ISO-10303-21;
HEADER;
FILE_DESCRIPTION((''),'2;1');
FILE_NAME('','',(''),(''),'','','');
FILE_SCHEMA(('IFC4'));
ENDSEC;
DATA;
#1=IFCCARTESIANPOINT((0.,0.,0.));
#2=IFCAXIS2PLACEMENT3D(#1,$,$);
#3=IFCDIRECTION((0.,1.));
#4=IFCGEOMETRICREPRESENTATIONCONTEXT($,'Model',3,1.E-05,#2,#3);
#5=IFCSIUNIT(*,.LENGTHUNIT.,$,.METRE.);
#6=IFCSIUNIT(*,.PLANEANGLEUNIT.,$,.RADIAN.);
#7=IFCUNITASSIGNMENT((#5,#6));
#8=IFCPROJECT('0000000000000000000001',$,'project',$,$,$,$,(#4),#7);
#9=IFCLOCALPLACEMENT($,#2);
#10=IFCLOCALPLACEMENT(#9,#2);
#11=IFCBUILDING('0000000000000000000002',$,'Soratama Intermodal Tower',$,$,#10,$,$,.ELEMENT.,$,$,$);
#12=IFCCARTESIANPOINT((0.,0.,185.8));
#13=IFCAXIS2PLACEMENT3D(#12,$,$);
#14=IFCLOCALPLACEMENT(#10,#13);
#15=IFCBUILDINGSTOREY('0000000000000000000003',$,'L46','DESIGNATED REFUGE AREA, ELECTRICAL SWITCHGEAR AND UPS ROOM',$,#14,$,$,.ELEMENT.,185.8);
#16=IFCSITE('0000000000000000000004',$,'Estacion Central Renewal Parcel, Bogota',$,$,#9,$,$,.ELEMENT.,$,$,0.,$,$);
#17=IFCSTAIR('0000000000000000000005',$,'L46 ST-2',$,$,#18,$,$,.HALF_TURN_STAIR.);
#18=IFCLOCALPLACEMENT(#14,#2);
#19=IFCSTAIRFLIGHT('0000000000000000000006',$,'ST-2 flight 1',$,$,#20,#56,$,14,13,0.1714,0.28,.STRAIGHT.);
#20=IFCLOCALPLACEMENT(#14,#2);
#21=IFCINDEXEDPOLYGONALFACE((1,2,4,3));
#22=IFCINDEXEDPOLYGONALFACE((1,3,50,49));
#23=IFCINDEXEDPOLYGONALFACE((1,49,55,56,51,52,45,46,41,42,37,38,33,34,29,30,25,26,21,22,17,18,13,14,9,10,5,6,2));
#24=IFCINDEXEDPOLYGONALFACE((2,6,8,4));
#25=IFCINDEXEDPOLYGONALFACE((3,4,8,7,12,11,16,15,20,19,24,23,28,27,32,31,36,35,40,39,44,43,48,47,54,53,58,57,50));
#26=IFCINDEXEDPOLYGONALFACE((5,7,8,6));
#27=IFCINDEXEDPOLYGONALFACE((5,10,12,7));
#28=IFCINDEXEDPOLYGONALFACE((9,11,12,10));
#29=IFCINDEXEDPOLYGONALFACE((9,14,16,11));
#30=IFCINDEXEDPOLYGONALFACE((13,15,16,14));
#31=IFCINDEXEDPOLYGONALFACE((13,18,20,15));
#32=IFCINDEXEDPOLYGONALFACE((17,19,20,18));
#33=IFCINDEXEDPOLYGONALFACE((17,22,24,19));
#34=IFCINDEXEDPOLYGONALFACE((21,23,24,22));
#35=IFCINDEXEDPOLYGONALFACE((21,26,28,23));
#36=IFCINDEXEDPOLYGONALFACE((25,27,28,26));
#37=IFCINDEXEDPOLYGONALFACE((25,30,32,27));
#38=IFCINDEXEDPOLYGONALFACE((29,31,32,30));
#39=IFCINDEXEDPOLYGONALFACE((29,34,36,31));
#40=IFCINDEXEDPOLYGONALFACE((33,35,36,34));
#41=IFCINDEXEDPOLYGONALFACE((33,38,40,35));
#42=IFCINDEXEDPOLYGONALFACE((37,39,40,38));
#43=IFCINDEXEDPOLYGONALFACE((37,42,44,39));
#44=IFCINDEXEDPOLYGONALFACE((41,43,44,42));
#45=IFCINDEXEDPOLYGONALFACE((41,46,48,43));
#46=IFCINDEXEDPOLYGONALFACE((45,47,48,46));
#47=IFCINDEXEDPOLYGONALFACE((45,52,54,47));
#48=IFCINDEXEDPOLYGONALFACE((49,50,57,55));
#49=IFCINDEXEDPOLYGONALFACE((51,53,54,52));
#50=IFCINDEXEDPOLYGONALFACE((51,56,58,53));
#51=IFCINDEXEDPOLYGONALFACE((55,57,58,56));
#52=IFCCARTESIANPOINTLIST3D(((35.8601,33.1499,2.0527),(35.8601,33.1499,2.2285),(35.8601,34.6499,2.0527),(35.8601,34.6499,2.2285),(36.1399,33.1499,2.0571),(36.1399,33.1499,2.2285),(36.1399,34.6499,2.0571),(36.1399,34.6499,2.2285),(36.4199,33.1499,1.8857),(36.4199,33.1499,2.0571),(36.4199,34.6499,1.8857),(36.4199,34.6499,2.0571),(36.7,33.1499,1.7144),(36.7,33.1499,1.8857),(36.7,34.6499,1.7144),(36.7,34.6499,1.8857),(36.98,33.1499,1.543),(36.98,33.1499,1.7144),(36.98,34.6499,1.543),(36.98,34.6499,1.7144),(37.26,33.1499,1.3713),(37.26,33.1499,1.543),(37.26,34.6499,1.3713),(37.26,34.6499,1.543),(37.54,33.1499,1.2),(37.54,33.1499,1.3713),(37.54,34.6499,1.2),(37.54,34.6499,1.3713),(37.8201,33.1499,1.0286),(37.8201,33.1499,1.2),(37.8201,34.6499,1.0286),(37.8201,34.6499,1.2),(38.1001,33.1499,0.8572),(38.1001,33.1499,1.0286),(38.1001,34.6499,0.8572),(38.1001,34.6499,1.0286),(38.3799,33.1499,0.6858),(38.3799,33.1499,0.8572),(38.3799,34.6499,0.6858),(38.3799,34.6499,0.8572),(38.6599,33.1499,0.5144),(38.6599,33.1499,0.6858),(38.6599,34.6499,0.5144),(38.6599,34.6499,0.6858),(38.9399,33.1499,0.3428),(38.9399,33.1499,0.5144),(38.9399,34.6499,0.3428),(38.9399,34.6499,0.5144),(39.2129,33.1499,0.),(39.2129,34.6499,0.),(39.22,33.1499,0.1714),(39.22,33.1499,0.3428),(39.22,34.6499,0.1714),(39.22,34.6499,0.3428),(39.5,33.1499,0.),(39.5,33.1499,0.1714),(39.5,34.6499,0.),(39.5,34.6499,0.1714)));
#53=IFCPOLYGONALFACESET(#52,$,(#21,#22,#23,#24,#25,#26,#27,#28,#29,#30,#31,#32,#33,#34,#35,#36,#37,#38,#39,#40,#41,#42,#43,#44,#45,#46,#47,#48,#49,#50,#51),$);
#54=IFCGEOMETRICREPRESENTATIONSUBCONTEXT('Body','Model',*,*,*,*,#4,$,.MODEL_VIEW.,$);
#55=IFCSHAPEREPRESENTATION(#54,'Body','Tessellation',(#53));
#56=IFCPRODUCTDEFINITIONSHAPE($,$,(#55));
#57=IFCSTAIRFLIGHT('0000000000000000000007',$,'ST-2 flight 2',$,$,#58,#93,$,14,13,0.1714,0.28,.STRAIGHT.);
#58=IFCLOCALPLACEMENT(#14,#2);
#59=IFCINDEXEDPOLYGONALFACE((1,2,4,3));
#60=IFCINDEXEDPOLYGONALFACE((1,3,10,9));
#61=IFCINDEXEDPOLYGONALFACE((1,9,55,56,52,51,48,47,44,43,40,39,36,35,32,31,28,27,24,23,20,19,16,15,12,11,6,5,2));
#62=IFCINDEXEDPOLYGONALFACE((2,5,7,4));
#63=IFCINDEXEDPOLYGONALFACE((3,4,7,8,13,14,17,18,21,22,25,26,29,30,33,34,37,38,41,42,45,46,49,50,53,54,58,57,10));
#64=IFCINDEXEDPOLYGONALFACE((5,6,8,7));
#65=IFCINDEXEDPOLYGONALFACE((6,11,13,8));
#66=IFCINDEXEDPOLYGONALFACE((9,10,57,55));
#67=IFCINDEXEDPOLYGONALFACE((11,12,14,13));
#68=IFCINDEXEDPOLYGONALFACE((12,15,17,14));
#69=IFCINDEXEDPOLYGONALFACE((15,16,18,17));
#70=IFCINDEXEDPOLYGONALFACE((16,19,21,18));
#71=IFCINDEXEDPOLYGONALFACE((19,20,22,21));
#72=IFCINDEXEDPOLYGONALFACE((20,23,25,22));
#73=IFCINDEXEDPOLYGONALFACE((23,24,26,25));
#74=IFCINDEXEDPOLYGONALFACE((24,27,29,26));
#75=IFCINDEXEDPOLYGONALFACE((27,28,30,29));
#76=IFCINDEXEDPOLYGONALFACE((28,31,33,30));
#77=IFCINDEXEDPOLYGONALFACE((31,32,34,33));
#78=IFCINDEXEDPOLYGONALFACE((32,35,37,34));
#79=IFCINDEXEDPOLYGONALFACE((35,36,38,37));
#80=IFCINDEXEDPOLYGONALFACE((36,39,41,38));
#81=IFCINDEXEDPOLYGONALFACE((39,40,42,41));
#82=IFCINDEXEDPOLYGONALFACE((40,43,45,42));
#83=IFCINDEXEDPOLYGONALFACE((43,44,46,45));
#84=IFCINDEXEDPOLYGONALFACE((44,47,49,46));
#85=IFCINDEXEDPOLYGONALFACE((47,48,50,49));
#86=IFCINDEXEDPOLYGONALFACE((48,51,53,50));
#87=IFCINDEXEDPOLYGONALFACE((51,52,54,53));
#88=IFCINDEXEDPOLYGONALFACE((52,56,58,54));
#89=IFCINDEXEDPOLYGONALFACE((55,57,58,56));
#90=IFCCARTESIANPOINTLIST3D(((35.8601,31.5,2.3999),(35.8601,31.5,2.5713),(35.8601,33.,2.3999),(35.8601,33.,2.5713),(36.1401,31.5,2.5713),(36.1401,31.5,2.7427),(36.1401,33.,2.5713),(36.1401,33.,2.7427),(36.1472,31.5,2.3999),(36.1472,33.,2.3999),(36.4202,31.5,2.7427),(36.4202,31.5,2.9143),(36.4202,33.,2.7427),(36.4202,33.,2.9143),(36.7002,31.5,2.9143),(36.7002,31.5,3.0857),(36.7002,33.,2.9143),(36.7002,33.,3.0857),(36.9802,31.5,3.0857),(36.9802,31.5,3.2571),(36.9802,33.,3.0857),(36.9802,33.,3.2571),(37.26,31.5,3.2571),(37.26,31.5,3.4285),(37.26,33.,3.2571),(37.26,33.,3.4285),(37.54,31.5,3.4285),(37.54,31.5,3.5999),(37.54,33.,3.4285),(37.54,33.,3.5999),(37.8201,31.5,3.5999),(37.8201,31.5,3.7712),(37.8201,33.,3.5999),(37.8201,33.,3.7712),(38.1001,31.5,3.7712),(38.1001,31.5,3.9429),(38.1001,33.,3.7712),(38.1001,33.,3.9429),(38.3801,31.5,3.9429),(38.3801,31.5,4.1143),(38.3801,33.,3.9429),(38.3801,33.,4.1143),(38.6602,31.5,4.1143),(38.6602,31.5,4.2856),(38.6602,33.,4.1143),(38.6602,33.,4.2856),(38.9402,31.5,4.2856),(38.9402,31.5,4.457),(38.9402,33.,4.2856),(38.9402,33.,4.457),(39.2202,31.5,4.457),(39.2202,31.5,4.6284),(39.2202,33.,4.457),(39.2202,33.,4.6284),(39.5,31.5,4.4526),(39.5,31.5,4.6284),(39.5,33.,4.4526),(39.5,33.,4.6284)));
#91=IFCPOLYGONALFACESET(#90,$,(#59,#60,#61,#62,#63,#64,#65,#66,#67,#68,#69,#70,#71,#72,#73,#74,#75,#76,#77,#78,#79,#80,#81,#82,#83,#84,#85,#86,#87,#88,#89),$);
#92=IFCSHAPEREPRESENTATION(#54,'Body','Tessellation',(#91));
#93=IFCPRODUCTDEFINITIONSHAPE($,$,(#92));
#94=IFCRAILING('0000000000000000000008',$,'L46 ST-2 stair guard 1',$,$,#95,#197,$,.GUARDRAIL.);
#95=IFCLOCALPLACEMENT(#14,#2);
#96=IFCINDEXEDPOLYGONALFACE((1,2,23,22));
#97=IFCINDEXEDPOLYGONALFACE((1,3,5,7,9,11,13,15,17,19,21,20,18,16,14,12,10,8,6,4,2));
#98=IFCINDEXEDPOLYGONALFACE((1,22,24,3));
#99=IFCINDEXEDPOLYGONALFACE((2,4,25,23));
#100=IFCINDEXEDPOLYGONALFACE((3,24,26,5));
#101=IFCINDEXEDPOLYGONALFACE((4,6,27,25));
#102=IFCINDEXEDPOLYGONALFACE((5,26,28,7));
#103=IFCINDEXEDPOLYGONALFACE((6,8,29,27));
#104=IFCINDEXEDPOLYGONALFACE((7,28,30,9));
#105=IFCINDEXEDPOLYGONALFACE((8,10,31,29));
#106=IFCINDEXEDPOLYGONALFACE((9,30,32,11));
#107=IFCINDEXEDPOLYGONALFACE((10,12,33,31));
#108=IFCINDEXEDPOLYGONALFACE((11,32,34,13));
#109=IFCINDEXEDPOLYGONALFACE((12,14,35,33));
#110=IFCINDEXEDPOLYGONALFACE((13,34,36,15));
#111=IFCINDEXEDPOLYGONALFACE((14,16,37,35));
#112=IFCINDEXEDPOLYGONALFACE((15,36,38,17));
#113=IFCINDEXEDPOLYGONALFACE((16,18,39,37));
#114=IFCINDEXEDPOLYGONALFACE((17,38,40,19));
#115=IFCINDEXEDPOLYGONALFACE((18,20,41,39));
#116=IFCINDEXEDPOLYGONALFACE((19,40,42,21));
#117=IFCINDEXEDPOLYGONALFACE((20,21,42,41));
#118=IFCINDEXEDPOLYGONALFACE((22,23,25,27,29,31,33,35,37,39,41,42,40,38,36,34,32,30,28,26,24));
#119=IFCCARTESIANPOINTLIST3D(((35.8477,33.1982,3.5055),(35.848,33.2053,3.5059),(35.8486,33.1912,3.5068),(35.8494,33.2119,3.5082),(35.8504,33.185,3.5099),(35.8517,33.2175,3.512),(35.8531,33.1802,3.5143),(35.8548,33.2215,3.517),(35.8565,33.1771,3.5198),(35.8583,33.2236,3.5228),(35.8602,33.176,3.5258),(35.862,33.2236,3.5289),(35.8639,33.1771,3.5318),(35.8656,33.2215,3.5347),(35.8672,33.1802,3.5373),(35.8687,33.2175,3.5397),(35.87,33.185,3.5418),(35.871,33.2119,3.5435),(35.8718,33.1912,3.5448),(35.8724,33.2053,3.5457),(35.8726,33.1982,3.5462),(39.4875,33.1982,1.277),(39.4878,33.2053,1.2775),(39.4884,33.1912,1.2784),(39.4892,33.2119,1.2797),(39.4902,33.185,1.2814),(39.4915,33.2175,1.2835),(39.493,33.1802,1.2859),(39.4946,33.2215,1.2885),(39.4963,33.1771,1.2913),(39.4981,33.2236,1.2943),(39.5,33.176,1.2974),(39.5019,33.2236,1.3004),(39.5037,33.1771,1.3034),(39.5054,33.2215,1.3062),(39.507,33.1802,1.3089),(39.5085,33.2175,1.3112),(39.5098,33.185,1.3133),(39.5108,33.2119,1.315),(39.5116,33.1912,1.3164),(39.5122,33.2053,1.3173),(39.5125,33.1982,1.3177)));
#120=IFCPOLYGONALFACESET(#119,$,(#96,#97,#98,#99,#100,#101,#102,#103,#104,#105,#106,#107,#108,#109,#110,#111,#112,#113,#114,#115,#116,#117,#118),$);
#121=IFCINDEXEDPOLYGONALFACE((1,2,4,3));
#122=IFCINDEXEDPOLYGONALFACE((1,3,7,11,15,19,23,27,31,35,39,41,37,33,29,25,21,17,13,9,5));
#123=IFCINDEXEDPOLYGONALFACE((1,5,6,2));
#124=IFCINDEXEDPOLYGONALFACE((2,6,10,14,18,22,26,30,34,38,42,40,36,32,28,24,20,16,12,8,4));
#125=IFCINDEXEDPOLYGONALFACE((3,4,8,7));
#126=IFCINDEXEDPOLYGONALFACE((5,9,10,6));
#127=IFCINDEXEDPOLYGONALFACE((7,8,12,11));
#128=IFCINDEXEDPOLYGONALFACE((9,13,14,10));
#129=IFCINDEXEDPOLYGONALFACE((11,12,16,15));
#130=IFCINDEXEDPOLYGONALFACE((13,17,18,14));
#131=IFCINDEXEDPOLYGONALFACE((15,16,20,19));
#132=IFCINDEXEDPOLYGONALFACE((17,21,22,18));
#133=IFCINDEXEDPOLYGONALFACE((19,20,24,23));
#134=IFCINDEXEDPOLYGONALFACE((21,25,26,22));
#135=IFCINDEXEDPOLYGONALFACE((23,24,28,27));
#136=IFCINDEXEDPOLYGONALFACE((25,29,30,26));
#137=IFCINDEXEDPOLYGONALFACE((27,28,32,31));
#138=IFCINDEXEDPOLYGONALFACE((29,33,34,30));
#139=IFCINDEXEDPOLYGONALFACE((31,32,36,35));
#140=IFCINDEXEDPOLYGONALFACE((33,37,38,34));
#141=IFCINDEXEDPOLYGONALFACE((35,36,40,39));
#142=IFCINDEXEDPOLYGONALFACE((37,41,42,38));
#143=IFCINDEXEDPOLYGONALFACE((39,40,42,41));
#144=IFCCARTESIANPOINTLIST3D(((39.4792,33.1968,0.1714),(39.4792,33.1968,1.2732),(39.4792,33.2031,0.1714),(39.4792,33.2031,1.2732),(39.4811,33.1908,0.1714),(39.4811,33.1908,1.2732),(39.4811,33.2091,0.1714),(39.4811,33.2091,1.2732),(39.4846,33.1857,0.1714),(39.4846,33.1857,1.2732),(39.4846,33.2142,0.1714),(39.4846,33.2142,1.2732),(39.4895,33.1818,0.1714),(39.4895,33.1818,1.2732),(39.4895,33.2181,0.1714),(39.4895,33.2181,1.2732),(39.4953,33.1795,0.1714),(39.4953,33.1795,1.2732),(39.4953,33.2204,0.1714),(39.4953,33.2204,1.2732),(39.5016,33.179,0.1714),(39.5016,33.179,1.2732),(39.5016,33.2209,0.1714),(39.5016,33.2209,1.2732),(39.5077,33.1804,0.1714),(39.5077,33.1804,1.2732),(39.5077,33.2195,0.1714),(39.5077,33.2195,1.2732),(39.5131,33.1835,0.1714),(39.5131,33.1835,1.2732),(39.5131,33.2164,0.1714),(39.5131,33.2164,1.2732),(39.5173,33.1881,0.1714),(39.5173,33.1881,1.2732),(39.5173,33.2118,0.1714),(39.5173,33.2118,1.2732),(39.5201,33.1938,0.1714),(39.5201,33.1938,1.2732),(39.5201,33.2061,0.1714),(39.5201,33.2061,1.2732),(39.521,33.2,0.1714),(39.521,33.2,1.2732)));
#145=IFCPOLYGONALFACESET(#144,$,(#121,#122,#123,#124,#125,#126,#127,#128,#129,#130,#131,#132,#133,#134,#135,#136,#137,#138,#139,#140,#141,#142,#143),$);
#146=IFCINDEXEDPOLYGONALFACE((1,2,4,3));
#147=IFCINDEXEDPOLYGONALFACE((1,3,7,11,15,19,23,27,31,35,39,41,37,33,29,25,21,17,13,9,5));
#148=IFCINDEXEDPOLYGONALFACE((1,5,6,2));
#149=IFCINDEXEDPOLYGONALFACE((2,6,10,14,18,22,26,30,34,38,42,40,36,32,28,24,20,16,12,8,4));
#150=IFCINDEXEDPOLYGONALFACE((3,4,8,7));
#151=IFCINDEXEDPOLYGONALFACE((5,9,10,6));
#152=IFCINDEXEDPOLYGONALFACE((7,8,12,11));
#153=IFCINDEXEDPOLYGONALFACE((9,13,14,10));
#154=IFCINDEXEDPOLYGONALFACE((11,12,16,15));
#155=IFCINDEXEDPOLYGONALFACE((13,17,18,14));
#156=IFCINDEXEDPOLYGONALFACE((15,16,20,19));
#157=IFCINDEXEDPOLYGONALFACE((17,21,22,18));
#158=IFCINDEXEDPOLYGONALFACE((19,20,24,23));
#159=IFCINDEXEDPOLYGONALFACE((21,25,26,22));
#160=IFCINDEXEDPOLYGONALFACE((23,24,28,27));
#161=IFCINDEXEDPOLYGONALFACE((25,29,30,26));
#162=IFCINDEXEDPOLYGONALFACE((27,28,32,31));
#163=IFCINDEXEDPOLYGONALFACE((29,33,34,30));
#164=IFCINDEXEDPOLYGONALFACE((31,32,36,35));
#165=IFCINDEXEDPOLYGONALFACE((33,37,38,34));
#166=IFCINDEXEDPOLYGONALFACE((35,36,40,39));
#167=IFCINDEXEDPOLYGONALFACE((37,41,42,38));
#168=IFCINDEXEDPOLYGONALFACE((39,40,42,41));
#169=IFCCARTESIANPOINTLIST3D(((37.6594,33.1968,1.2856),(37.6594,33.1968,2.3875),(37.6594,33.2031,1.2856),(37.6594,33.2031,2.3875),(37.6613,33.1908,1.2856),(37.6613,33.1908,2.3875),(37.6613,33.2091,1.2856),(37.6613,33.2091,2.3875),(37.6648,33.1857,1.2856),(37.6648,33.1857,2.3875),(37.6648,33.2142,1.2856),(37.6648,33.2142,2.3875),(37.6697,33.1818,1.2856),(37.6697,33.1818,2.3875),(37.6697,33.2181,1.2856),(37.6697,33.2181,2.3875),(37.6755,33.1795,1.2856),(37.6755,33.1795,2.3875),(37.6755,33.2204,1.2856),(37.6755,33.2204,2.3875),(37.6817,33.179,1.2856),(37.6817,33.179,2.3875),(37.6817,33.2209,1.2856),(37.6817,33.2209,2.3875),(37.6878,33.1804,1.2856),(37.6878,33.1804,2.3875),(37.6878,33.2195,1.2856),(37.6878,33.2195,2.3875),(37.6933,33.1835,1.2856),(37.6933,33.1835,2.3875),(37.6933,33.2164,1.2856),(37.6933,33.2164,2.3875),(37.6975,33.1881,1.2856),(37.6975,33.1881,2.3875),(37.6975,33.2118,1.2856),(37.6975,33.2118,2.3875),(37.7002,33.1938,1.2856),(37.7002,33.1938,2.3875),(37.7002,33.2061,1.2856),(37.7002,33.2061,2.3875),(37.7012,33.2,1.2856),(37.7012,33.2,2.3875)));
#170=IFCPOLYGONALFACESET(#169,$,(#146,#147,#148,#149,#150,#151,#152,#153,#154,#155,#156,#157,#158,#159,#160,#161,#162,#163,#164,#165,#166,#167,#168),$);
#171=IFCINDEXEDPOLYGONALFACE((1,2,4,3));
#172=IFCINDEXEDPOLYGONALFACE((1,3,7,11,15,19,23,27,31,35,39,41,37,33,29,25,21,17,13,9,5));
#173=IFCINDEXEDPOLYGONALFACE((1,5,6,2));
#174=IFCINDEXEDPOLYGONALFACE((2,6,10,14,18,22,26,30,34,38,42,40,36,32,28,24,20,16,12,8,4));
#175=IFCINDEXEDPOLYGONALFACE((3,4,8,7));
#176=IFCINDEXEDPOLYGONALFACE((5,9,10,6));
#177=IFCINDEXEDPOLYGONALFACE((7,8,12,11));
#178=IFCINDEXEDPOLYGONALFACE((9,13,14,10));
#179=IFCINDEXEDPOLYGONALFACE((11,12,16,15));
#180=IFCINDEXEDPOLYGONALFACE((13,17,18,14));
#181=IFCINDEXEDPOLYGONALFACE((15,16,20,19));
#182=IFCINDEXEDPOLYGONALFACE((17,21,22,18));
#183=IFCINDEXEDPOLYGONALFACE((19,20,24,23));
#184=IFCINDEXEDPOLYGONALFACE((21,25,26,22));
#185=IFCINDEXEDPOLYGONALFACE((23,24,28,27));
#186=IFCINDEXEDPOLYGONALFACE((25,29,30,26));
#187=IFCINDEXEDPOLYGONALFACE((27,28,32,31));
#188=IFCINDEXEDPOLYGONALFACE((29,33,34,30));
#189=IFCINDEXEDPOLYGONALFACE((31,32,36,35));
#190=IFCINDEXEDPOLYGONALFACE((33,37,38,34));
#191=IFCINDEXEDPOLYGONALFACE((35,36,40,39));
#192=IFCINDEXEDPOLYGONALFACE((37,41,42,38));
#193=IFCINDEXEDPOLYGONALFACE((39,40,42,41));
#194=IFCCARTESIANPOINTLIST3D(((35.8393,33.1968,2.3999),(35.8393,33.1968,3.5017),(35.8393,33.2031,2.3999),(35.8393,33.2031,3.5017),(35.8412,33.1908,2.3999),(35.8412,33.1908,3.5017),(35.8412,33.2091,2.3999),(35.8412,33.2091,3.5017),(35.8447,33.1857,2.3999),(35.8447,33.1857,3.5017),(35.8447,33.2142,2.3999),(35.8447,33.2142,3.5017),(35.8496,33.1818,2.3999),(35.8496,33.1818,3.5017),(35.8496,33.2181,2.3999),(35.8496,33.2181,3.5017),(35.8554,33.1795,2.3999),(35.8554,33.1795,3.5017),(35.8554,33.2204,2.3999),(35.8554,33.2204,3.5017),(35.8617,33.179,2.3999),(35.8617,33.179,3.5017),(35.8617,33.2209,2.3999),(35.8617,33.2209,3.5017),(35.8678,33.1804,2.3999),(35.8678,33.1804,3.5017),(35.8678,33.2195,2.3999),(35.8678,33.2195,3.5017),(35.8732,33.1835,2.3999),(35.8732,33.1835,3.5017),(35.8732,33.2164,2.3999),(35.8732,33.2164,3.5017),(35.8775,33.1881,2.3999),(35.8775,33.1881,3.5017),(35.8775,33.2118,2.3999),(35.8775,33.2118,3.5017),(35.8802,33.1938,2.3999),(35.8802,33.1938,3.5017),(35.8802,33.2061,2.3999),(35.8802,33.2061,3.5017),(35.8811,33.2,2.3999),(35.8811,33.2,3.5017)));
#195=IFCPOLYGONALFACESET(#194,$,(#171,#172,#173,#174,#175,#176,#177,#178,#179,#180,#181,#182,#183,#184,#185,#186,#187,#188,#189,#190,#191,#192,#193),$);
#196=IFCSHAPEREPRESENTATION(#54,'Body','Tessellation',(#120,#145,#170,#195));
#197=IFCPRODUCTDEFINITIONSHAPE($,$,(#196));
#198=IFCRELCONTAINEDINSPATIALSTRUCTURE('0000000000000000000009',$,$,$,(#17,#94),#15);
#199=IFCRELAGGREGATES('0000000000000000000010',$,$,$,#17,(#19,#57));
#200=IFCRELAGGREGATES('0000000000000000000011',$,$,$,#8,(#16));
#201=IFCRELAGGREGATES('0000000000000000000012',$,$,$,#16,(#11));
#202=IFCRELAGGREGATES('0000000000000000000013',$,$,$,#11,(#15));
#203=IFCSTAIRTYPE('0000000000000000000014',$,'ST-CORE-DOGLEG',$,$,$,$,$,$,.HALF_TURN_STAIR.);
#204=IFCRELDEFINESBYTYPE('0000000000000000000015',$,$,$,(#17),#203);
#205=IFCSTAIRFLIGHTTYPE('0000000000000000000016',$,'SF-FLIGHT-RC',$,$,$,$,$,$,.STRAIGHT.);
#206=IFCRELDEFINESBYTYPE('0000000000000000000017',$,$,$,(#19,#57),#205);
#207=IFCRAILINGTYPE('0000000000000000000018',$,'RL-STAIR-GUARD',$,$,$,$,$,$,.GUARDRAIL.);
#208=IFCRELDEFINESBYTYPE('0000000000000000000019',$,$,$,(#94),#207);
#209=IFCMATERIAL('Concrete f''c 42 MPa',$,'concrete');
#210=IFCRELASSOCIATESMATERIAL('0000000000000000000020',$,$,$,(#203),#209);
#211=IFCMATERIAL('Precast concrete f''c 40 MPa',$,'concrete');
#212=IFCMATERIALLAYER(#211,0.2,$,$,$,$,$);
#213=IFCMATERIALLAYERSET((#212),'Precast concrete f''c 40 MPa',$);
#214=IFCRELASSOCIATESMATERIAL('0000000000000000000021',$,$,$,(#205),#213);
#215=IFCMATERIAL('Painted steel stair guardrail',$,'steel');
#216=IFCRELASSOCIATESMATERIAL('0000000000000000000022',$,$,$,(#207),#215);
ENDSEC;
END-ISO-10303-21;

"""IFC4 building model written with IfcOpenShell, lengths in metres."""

from ifc_helpers import new_model, si_unit, direction, frame, origin, origin_2d, place, context, subcontext, project, spatial, polyline, circle, outline, extrude, material, layer, layer_set, type_object, element, aggregate, save


model = new_model("IFC4")

# Units and contexts
model_context = context("Model", 3, precision=1e-05, world=origin(), true_north=direction((0.0, 1.0)))
body_context = subcontext(model_context, "Body", "Model", "MODEL_VIEW")
ifc_project = project(units=[si_unit("LENGTHUNIT", "METRE"), si_unit("PLANEANGLEUNIT", "RADIAN")], contexts=[model_context])

# Site, building, storey
site_placement = place(None, origin())
site = spatial("IfcSite", under=ifc_project, at=site_placement, Name="Estacion Central Renewal Parcel, Bogota", CompositionType="ELEMENT", RefElevation=0.0)
building_placement = place(site_placement, origin())
building = spatial("IfcBuilding", under=site, at=building_placement, Name="Soratama Intermodal Tower", CompositionType="ELEMENT")
storey_placement = place(building_placement, frame((0.0, 0.0, 185.8)))
storey = spatial("IfcBuildingStorey", under=building, at=storey_placement, Name="L46", Description="DESIGNATED REFUGE AREA, ELECTRICAL SWITCHGEAR AND UPS ROOM", CompositionType="ELEMENT", Elevation=185.8)

# Stair, stair flights
ifc_material_1 = material(Name="Concrete f'c 42 MPa", Category="concrete")
stair_type = type_object("IfcStairType", Name="ST-CORE-DOGLEG", PredefinedType="HALF_TURN_STAIR", material=ifc_material_1)
stair_placement = place(storey_placement, origin())
stair = element("IfcStair", 1, at=stair_placement, inside=storey, type_object=stair_type, Name="L46 ST-2", PredefinedType="HALF_TURN_STAIR")
ifc_material_2 = material(Name="Precast concrete f'c 40 MPa", Category="concrete")
ifc_layer_1 = layer(ifc_material_2, 0.2)
ifc_layer_set_1 = layer_set([ifc_layer_1], Name="Precast concrete f'c 40 MPa")
stair_flight_type = type_object("IfcStairFlightType", Name="SF-FLIGHT-RC", PredefinedType="STRAIGHT", material=ifc_layer_set_1)
stair_flight_1_placement = place(storey_placement, frame((39.5, 33.8999, 0.0), z_axis=(0.0, 0.0, 1.0), x_axis=(-1.0, 0.0, 0.0)))
stair_flight_1 = element("IfcStairFlight", 2, at=stair_flight_1_placement, type_object=stair_flight_type, Name="ST-2 flight 1", NumberOfRisers=14, NumberOfTreads=13, PredefinedType="STRAIGHT", RiserHeight=0.1714, TreadLength=0.28, context=body_context, shape_type="SweptSolid", body=[
    extrude(outline(polyline([(0.0, 0.0), (0.0, 0.1714), (0.28, 0.1714), (0.28, 0.3428), (0.5601, 0.3428), (0.5601, 0.5144), (0.8401, 0.5144), (0.8401, 0.6858), (1.1201, 0.6858), (1.1201, 0.8572), (1.3999, 0.8572), (1.3999, 1.0286), (1.6799, 1.0286), (1.6799, 1.2), (1.96, 1.2), (1.96, 1.3713), (2.24, 1.3713), (2.24, 1.543), (2.52, 1.543), (2.52, 1.7144), (2.8, 1.7144), (2.8, 1.8857), (3.0801, 1.8857), (3.0801, 2.0571), (3.3601, 2.0571), (3.3601, 2.2285), (3.6399, 2.2285), (3.6399, 2.3999), (3.6399, 2.0527), (0.2871, 0.0), (0.0, 0.0)])), frame((0.0, 0.75, 0.0), z_axis=(0.0, -1.0, 0.0), x_axis=(1.0, 0.0, 0.0)), (0.0, 0.0, 1.0), 1.5),
])
stair_flight_2_placement = place(storey_placement, frame((35.8601, 32.25, 2.3999), z_axis=(0.0, 0.0, 1.0), x_axis=(1.0, 0.0, 0.0)))
stair_flight_2 = element("IfcStairFlight", 3, at=stair_flight_2_placement, type_object=stair_flight_type, Name="ST-2 flight 2", NumberOfRisers=14, NumberOfTreads=13, PredefinedType="STRAIGHT", RiserHeight=0.1714, TreadLength=0.28, context=body_context, shape_type="SweptSolid", body=[
    extrude(outline(polyline([(0.0, 0.0), (0.0, 0.1714), (0.28, 0.1714), (0.28, 0.3428), (0.5601, 0.3428), (0.5601, 0.5144), (0.8401, 0.5144), (0.8401, 0.6858), (1.1201, 0.6858), (1.1201, 0.8572), (1.3999, 0.8572), (1.3999, 1.0286), (1.6799, 1.0286), (1.6799, 1.2), (1.96, 1.2), (1.96, 1.3713), (2.24, 1.3713), (2.24, 1.543), (2.52, 1.543), (2.52, 1.7144), (2.8, 1.7144), (2.8, 1.8857), (3.0801, 1.8857), (3.0801, 2.0571), (3.3601, 2.0571), (3.3601, 2.2285), (3.6399, 2.2285), (3.6399, 2.3999), (3.6399, 2.0527), (0.2871, 0.0), (0.0, 0.0)])), frame((0.0, 0.75, 0.0), z_axis=(0.0, -1.0, 0.0), x_axis=(1.0, 0.0, 0.0)), (0.0, 0.0, 1.0), 1.5),
])
aggregate(stair, [stair_flight_1, stair_flight_2])

# Railing
ifc_material_3 = material(Name="Painted steel stair guardrail", Category="steel")
railing_type_1 = type_object("IfcRailingType", Name="RL-STAIR-GUARD", PredefinedType="GUARDRAIL", material=ifc_material_3)
railing_1_placement = place(storey_placement, frame((39.5, 33.2, 0.1714)))
element("IfcRailing", 4, at=railing_1_placement, inside=storey, type_object=railing_type_1, Name="L46 ST-2 stair guard 1", PredefinedType="GUARDRAIL", context=body_context, shape_type="SweptSolid", body=[
    extrude(circle(Radius=0.0239, at=origin_2d()), frame((0.0, 0.0, 1.126), z_axis=(-0.85285, 0.0, 0.522156), x_axis=(0.0, -1.0, 0.0)), (0.0, 0.0, 1.0), 4.2678),
    extrude(circle(Radius=0.021, at=origin_2d()), origin(), (0.0, 0.0, 1.0), 1.1018),
    extrude(circle(Radius=0.021, at=origin_2d()), frame((-1.8198, 0.0, 1.1143)), (0.0, 0.0, 1.0), 1.1018),
    extrude(circle(Radius=0.021, at=origin_2d()), frame((-3.6399, 0.0, 2.2285)), (0.0, 0.0, 1.0), 1.1018),
])

save(model, "model.ifc")
